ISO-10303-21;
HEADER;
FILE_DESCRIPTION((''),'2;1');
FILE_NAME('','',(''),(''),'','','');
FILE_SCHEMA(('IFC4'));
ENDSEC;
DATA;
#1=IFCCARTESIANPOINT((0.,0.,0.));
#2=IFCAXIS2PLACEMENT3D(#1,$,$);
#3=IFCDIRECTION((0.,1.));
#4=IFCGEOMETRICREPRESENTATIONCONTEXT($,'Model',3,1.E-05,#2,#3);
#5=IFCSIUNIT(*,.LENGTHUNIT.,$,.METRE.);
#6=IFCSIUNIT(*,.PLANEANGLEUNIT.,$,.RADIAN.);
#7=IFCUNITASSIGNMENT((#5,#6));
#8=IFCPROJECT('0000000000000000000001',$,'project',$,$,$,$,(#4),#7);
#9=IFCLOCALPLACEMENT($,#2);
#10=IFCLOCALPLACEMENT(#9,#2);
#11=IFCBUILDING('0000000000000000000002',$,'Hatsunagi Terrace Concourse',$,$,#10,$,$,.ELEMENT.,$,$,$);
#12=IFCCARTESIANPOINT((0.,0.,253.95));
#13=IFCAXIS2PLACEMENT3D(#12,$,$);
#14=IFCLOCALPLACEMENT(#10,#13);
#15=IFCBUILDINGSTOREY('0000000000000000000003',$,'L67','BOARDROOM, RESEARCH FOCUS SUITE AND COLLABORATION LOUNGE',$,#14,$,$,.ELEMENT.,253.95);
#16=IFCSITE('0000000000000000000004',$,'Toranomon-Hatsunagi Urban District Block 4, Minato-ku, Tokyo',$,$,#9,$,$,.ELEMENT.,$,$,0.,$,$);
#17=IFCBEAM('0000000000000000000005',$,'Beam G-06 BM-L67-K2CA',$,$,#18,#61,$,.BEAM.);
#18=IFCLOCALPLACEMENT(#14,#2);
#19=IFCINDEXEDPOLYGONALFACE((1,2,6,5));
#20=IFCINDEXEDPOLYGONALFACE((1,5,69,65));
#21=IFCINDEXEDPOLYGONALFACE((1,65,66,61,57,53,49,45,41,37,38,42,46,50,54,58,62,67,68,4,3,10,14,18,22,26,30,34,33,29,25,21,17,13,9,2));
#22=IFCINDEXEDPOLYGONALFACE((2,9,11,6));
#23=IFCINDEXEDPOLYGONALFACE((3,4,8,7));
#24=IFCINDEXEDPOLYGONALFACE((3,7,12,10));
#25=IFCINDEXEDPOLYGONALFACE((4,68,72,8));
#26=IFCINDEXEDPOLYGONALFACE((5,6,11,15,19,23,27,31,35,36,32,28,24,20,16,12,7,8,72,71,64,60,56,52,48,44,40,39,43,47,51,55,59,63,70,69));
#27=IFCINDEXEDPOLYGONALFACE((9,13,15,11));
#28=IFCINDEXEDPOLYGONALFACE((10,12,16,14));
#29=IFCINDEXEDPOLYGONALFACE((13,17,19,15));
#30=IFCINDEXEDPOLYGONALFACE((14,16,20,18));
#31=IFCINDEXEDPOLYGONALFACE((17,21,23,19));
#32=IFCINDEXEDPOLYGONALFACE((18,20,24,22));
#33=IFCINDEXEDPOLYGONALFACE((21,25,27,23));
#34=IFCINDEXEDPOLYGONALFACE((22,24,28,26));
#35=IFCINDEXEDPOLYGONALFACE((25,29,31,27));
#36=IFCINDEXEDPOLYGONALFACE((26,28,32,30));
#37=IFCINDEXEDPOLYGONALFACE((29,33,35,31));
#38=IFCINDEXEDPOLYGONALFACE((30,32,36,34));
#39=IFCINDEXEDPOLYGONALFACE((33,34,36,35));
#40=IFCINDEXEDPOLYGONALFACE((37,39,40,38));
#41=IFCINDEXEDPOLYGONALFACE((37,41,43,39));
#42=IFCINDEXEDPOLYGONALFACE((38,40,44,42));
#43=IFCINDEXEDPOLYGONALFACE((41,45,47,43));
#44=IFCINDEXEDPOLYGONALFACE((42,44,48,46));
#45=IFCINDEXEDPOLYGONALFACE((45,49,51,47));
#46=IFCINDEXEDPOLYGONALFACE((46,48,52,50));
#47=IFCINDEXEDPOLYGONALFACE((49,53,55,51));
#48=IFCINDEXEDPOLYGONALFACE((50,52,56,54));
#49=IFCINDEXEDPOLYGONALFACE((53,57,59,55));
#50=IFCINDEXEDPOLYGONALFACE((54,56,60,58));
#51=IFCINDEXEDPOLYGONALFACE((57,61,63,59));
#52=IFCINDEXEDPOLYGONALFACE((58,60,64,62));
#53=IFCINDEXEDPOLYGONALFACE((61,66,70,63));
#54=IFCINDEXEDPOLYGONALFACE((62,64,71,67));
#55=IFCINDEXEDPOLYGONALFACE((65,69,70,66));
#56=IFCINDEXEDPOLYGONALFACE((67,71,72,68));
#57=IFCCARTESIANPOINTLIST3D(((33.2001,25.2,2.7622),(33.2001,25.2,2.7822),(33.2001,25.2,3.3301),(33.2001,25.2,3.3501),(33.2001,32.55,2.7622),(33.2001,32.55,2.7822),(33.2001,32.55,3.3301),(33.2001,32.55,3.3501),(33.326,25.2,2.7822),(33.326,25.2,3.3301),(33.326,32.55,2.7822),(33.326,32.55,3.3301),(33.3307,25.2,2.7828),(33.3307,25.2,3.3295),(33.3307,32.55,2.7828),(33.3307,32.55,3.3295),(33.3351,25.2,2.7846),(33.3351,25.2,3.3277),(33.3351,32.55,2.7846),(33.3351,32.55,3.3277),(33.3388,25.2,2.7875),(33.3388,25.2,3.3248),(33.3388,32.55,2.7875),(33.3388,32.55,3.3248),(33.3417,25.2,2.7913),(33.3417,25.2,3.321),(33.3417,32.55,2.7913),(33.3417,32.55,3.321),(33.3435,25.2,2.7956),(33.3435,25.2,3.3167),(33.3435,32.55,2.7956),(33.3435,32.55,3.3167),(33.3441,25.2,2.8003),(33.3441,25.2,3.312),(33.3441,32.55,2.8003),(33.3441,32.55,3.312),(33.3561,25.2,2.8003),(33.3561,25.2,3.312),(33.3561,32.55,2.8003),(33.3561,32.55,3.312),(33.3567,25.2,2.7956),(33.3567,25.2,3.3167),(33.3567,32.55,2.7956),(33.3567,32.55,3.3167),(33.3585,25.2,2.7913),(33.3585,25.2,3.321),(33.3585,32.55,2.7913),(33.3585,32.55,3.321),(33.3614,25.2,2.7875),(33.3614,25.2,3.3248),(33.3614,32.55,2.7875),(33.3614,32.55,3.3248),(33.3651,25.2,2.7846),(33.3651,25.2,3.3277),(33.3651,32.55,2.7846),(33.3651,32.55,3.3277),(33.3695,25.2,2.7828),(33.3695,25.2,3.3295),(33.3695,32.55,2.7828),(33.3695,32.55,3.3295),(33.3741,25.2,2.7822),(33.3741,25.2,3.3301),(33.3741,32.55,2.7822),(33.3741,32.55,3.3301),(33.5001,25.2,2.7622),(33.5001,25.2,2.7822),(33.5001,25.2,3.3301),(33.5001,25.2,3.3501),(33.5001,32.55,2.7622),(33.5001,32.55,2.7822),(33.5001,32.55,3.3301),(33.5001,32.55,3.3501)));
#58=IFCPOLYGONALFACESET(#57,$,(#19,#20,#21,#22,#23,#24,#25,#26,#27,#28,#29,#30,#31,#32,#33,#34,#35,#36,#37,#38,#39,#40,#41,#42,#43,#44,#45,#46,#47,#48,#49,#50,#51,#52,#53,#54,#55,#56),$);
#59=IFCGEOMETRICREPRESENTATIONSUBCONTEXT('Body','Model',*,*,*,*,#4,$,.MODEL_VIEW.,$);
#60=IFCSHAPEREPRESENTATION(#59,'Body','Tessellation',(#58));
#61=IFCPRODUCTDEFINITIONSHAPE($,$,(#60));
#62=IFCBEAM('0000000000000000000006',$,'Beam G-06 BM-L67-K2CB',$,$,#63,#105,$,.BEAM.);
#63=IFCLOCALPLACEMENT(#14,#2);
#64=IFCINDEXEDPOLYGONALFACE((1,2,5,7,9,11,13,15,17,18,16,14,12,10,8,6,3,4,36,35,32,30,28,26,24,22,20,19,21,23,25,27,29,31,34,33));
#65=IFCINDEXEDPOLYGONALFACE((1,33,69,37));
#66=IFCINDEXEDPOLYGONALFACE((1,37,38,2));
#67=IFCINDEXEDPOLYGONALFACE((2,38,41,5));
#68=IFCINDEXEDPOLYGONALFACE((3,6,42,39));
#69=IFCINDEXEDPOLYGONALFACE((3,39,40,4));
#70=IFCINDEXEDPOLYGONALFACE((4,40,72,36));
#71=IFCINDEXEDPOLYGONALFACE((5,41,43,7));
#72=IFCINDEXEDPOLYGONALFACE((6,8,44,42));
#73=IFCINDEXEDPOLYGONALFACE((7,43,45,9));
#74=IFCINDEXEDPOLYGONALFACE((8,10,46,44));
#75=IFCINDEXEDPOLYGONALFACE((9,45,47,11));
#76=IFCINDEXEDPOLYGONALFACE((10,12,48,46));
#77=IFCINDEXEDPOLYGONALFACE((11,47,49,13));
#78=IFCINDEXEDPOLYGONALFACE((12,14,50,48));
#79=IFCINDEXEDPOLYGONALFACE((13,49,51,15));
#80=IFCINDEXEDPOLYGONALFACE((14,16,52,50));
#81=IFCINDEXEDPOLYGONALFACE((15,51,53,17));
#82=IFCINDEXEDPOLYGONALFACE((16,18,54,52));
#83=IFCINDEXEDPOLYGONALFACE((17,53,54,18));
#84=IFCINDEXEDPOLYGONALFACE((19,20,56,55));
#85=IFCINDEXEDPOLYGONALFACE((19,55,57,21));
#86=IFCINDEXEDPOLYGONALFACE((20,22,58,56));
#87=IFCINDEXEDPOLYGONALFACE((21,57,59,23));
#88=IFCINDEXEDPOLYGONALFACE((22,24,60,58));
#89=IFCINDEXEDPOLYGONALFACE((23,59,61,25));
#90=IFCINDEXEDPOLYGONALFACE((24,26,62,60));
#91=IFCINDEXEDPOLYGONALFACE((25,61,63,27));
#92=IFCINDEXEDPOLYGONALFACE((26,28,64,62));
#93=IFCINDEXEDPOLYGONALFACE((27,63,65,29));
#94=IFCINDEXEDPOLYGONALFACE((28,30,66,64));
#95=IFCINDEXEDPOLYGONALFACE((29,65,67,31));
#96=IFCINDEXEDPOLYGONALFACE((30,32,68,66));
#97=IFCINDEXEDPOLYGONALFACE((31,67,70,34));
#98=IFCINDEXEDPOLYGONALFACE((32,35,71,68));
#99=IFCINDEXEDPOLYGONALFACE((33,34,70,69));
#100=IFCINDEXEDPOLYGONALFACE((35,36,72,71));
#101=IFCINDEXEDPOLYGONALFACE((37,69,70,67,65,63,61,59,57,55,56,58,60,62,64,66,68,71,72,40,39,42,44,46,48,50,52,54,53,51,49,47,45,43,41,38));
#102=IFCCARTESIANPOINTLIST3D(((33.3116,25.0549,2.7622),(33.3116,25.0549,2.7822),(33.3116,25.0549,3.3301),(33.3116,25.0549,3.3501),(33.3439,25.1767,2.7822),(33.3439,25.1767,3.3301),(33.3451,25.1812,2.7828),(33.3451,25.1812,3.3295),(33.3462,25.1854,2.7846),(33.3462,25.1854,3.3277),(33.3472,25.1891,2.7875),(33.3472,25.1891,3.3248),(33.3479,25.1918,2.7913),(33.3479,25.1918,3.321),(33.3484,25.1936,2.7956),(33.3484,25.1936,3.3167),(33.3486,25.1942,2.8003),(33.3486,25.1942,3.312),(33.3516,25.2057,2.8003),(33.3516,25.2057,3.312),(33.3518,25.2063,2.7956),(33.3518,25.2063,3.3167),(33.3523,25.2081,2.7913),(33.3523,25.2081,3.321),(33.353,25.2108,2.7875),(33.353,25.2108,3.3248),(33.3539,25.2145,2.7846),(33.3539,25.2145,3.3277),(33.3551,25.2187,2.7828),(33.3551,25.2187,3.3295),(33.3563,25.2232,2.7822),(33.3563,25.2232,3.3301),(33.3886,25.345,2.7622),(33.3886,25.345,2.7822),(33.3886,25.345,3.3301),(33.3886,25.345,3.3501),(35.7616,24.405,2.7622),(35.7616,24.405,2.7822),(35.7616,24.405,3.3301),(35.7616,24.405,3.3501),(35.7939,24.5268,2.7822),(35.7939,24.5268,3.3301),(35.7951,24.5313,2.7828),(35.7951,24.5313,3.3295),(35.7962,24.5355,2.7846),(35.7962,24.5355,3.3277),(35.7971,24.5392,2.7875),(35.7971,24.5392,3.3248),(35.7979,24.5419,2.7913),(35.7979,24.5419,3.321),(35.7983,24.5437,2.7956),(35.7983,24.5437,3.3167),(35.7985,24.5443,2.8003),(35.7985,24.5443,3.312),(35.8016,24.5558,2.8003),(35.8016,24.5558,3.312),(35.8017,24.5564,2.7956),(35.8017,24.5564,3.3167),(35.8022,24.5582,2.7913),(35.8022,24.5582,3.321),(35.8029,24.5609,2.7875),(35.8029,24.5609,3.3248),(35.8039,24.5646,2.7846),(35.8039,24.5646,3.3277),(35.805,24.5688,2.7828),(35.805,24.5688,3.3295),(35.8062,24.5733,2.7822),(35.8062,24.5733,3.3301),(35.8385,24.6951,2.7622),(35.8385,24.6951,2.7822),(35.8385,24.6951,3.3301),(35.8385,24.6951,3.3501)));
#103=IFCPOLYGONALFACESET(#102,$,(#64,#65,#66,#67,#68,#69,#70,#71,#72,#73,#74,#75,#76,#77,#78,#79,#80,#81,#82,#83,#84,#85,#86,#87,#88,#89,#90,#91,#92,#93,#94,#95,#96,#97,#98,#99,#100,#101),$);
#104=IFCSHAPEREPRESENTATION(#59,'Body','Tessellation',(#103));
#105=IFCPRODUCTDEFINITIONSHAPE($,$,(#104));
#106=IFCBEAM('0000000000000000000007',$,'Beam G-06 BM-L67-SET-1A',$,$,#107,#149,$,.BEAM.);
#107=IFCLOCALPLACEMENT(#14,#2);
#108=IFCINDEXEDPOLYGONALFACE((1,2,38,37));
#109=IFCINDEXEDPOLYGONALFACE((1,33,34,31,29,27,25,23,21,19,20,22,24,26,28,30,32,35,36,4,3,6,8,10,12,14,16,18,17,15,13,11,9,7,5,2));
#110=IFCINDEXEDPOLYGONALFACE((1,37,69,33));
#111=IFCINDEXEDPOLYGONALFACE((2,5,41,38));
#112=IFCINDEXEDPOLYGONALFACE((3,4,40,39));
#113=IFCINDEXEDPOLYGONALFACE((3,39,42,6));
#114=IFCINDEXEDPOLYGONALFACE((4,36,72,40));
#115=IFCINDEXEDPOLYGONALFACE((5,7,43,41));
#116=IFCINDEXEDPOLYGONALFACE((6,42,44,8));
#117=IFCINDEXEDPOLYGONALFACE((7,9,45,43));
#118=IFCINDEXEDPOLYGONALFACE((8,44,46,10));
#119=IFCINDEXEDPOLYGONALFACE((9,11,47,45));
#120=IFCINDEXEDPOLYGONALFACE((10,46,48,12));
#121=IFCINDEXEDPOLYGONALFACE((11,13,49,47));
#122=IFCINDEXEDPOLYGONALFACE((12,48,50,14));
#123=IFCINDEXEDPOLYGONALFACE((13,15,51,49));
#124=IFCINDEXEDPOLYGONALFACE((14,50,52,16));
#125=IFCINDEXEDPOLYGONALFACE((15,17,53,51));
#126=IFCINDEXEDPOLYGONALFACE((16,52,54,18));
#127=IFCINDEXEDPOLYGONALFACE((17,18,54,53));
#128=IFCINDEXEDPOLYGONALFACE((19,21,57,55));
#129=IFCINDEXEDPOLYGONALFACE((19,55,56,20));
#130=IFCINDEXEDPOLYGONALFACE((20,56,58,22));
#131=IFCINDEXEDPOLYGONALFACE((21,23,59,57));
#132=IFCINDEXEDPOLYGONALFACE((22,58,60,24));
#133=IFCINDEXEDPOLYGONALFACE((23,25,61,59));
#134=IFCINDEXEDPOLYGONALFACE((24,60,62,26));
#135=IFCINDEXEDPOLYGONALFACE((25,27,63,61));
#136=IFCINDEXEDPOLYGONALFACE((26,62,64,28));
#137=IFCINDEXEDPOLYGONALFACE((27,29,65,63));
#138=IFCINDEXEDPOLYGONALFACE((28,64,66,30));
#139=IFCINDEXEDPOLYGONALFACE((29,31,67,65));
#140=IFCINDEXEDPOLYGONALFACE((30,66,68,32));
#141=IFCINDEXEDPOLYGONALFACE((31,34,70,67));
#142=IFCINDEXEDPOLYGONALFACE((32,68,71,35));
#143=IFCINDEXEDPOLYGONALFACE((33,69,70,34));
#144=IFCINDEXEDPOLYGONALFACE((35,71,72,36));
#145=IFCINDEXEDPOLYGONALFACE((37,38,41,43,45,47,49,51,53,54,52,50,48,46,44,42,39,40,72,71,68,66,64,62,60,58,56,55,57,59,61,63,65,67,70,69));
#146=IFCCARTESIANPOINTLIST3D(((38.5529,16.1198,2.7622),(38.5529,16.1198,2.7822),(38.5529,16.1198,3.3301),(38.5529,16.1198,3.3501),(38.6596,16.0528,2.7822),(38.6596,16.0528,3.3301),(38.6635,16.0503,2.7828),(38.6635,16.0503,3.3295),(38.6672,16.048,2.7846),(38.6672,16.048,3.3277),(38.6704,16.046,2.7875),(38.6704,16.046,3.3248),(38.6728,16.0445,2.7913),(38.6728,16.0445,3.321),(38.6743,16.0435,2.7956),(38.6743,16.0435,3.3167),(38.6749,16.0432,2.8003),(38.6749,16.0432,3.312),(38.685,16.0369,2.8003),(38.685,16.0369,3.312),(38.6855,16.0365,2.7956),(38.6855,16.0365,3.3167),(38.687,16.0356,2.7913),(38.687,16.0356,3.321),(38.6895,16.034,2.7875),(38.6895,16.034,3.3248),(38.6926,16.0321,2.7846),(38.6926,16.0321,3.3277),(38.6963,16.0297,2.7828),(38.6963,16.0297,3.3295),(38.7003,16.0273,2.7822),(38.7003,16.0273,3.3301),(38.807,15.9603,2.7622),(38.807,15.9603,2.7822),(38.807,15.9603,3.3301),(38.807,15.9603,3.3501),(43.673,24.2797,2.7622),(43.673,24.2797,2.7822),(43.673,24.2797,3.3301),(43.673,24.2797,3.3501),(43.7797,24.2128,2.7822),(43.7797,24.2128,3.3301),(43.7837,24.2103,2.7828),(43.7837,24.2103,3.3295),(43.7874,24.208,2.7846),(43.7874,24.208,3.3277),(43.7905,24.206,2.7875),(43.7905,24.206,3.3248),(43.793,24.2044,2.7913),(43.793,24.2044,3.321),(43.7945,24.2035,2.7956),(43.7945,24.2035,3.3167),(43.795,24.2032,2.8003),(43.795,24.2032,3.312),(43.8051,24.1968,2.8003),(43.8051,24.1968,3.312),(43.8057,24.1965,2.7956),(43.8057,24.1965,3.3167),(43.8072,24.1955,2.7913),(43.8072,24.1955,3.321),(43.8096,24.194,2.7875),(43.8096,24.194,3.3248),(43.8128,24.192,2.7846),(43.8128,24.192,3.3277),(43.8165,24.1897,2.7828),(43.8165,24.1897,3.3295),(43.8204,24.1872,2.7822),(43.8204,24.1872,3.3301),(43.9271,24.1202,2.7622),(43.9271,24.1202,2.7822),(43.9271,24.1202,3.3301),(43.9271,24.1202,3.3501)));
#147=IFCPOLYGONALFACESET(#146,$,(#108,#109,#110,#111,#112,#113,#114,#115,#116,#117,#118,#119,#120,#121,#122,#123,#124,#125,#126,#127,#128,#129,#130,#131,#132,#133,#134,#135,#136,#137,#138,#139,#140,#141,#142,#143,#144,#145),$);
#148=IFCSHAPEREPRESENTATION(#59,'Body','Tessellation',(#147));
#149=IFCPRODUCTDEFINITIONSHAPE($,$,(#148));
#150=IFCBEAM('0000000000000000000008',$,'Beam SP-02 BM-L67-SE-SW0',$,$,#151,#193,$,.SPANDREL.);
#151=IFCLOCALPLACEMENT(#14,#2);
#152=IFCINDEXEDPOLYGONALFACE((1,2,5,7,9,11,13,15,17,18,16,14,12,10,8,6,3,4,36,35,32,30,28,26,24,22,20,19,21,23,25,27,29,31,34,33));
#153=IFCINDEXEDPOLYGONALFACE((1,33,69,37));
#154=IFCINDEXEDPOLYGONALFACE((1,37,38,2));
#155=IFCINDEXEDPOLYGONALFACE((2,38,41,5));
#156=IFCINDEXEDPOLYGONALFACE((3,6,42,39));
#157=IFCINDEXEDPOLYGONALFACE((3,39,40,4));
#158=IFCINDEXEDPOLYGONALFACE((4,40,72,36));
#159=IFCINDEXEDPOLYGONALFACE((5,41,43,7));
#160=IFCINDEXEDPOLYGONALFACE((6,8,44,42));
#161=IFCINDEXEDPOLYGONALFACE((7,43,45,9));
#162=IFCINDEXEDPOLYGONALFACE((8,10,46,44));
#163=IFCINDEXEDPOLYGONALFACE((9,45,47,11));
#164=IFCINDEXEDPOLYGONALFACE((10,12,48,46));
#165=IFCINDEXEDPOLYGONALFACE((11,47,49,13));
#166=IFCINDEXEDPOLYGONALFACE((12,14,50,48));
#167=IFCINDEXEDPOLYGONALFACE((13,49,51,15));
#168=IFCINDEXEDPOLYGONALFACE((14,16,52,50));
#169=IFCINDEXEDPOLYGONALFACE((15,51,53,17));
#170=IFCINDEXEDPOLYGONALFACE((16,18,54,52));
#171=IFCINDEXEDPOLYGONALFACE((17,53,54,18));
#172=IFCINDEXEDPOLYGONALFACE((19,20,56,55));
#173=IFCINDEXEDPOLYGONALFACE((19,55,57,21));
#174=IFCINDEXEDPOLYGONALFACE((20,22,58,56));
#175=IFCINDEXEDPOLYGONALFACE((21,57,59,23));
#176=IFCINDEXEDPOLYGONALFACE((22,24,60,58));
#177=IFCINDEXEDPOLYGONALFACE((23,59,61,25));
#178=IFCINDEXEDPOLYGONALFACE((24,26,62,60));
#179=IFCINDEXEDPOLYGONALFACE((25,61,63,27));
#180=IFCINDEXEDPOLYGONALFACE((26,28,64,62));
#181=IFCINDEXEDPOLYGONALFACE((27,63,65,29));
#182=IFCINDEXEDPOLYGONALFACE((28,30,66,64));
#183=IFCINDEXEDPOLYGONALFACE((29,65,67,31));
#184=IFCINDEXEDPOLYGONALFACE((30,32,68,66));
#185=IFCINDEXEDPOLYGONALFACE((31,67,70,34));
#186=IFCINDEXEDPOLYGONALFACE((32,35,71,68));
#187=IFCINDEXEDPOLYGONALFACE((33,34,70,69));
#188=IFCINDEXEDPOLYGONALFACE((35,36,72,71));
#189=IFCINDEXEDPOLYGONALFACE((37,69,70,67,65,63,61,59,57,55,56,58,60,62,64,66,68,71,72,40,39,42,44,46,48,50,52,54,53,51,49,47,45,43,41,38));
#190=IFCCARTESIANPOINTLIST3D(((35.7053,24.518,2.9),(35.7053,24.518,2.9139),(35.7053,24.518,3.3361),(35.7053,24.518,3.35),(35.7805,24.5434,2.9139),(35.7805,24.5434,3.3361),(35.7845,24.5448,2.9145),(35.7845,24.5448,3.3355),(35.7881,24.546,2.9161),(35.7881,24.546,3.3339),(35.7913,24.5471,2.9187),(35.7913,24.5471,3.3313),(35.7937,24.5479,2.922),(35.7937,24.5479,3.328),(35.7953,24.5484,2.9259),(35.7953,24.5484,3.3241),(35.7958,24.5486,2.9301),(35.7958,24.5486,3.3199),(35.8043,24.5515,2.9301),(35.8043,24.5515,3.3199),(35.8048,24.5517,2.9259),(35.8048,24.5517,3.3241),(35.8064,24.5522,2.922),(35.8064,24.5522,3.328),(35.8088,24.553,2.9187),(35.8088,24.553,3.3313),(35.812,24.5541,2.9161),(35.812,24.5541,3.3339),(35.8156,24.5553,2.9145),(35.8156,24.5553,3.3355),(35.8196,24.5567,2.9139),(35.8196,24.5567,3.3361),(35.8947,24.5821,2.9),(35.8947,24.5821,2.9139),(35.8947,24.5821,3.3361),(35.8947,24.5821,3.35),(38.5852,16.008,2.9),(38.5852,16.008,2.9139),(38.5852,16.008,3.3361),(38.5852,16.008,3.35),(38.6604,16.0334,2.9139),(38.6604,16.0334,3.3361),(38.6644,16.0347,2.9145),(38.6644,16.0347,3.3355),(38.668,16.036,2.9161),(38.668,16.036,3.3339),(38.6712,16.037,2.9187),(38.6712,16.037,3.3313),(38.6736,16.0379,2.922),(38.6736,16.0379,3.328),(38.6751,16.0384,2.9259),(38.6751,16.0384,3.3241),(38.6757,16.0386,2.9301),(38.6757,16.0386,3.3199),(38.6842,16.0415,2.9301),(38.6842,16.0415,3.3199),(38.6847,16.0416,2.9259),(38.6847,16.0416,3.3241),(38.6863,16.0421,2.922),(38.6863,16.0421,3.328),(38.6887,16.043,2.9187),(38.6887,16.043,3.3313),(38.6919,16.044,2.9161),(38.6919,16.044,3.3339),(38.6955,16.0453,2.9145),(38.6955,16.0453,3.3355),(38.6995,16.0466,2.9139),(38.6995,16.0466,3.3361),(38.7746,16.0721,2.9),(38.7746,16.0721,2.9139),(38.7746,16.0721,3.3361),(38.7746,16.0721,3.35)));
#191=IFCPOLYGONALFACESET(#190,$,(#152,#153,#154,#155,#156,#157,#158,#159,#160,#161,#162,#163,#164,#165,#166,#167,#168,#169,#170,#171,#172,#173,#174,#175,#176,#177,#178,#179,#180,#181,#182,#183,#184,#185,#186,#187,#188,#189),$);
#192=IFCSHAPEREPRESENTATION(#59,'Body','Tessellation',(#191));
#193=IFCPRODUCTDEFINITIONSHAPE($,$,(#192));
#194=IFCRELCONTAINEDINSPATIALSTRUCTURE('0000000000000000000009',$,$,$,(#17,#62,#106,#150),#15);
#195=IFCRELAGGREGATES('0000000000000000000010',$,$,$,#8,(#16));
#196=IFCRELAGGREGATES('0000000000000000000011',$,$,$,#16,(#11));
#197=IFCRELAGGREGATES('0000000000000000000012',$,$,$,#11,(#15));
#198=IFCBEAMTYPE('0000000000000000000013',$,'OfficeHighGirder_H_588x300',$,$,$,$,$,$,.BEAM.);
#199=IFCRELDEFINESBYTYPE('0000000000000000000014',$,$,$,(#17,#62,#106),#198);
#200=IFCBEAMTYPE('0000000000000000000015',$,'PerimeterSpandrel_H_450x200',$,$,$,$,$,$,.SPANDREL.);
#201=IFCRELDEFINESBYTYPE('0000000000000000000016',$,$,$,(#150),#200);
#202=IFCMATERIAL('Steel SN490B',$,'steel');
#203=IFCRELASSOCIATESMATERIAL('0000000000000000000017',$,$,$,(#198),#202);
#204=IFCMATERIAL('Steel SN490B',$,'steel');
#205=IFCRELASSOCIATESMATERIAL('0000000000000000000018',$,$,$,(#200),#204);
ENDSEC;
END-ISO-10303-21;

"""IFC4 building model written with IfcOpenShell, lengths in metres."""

from ifc_helpers import new_model, si_unit, direction, frame, origin, origin_2d, place, context, subcontext, project, spatial, i_section, extrude, material, material_profile, profile_set, type_object, element, save


model = new_model("IFC4")

# Units and contexts
model_context = context("Model", 3, precision=1e-05, world=origin(), true_north=direction((0.0, 1.0)))
body_context = subcontext(model_context, "Body", "Model", "MODEL_VIEW")
ifc_project = project(units=[si_unit("LENGTHUNIT", "METRE"), si_unit("PLANEANGLEUNIT", "RADIAN")], contexts=[model_context])

# Site, building, storey
site_placement = place(None, origin())
site = spatial("IfcSite", under=ifc_project, at=site_placement, Name="Toranomon-Hatsunagi Urban District Block 4, Minato-ku, Tokyo", CompositionType="ELEMENT", RefElevation=0.0)
building_placement = place(site_placement, origin())
building = spatial("IfcBuilding", under=site, at=building_placement, Name="Hatsunagi Terrace Concourse", CompositionType="ELEMENT")
storey_placement = place(building_placement, frame((0.0, 0.0, 253.95)))
storey = spatial("IfcBuildingStorey", under=building, at=storey_placement, Name="L67", Description="BOARDROOM, RESEARCH FOCUS SUITE AND COLLABORATION LOUNGE", CompositionType="ELEMENT", Elevation=253.95)

# Beams
ifc_material_1 = material(Name="Steel SN490B", Category="steel")
ifc_material_profile_1 = material_profile(ifc_material_1, i_section(OverallWidth=0.3, OverallDepth=0.5879, WebThickness=0.012, FlangeThickness=0.02, FilletRadius=0.0181, at=origin_2d()), Name="H-588x300x12x20")
ifc_profile_set_1 = profile_set([ifc_material_profile_1], Name="Steel SN490B")
beam_type_1 = type_object("IfcBeamType", Name="OfficeHighGirder_H_588x300", PredefinedType="BEAM", material=ifc_profile_set_1)
beam_1_placement = place(storey_placement, frame((33.3501, 25.2, 3.0562), z_axis=(0.0, 1.0, 0.0), x_axis=(-1.0, 0.0, 0.0)))
element("IfcBeam", 1, at=beam_1_placement, inside=storey, type_object=beam_type_1, Name="Beam G-06 BM-L67-K2CA", PredefinedType="BEAM", context=body_context, shape_type="SweptSolid", body=[
    extrude(i_section(OverallWidth=0.3, OverallDepth=0.5879, WebThickness=0.012, FlangeThickness=0.02, FilletRadius=0.0181, at=origin_2d()), origin(), (0.0, 0.0, 1.0), 7.3501),
])
beam_2_placement = place(storey_placement, frame((33.3501, 25.2, 3.0562), z_axis=(0.96657, -0.256403, 0.0), x_axis=(0.256403, 0.96657, 0.0)))
element("IfcBeam", 2, at=beam_2_placement, inside=storey, type_object=beam_type_1, Name="Beam G-06 BM-L67-K2CB", PredefinedType="BEAM", context=body_context, shape_type="SweptSolid", body=[
    extrude(i_section(OverallWidth=0.3, OverallDepth=0.5879, WebThickness=0.012, FlangeThickness=0.02, FilletRadius=0.0181, at=origin_2d()), origin(), (0.0, 0.0, 1.0), 2.5347),
])
beam_3_placement = place(storey_placement, frame((38.6799, 16.04, 3.0562), z_axis=(0.531504, 0.847056, 0.0), x_axis=(-0.847056, 0.531504, 0.0)))
element("IfcBeam", 3, at=beam_3_placement, inside=storey, type_object=beam_type_1, Name="Beam G-06 BM-L67-SET-1A", PredefinedType="BEAM", context=body_context, shape_type="SweptSolid", body=[
    extrude(i_section(OverallWidth=0.3, OverallDepth=0.5879, WebThickness=0.012, FlangeThickness=0.02, FilletRadius=0.0181, at=origin_2d()), origin(), (0.0, 0.0, 1.0), 9.6333),
])
ifc_material_2 = material(Name="Steel SN490B", Category="steel")
ifc_material_profile_2 = material_profile(ifc_material_2, i_section(OverallWidth=0.2, OverallDepth=0.45, WebThickness=0.009, FlangeThickness=0.0139, FilletRadius=0.0161, at=origin_2d()), Name="H-450x200x9x14")
ifc_profile_set_2 = profile_set([ifc_material_profile_2], Name="Steel SN490B")
beam_type_2 = type_object("IfcBeamType", Name="PerimeterSpandrel_H_450x200", PredefinedType="SPANDREL", material=ifc_profile_set_2)
beam_4_placement = place(storey_placement, frame((35.8, 24.55, 3.125), z_axis=(0.320553, -0.94723, 0.0), x_axis=(0.94723, 0.320553, 0.0)))
element("IfcBeam", 4, at=beam_4_placement, inside=storey, type_object=beam_type_2, Name="Beam SP-02 BM-L67-SE-SW0", PredefinedType="SPANDREL", context=body_context, shape_type="SweptSolid", body=[
    extrude(i_section(OverallWidth=0.2, OverallDepth=0.45, WebThickness=0.009, FlangeThickness=0.0139, FilletRadius=0.0161, at=origin_2d()), origin(), (0.0, 0.0, 1.0), 8.9841),
])

save(model, "model.ifc")
